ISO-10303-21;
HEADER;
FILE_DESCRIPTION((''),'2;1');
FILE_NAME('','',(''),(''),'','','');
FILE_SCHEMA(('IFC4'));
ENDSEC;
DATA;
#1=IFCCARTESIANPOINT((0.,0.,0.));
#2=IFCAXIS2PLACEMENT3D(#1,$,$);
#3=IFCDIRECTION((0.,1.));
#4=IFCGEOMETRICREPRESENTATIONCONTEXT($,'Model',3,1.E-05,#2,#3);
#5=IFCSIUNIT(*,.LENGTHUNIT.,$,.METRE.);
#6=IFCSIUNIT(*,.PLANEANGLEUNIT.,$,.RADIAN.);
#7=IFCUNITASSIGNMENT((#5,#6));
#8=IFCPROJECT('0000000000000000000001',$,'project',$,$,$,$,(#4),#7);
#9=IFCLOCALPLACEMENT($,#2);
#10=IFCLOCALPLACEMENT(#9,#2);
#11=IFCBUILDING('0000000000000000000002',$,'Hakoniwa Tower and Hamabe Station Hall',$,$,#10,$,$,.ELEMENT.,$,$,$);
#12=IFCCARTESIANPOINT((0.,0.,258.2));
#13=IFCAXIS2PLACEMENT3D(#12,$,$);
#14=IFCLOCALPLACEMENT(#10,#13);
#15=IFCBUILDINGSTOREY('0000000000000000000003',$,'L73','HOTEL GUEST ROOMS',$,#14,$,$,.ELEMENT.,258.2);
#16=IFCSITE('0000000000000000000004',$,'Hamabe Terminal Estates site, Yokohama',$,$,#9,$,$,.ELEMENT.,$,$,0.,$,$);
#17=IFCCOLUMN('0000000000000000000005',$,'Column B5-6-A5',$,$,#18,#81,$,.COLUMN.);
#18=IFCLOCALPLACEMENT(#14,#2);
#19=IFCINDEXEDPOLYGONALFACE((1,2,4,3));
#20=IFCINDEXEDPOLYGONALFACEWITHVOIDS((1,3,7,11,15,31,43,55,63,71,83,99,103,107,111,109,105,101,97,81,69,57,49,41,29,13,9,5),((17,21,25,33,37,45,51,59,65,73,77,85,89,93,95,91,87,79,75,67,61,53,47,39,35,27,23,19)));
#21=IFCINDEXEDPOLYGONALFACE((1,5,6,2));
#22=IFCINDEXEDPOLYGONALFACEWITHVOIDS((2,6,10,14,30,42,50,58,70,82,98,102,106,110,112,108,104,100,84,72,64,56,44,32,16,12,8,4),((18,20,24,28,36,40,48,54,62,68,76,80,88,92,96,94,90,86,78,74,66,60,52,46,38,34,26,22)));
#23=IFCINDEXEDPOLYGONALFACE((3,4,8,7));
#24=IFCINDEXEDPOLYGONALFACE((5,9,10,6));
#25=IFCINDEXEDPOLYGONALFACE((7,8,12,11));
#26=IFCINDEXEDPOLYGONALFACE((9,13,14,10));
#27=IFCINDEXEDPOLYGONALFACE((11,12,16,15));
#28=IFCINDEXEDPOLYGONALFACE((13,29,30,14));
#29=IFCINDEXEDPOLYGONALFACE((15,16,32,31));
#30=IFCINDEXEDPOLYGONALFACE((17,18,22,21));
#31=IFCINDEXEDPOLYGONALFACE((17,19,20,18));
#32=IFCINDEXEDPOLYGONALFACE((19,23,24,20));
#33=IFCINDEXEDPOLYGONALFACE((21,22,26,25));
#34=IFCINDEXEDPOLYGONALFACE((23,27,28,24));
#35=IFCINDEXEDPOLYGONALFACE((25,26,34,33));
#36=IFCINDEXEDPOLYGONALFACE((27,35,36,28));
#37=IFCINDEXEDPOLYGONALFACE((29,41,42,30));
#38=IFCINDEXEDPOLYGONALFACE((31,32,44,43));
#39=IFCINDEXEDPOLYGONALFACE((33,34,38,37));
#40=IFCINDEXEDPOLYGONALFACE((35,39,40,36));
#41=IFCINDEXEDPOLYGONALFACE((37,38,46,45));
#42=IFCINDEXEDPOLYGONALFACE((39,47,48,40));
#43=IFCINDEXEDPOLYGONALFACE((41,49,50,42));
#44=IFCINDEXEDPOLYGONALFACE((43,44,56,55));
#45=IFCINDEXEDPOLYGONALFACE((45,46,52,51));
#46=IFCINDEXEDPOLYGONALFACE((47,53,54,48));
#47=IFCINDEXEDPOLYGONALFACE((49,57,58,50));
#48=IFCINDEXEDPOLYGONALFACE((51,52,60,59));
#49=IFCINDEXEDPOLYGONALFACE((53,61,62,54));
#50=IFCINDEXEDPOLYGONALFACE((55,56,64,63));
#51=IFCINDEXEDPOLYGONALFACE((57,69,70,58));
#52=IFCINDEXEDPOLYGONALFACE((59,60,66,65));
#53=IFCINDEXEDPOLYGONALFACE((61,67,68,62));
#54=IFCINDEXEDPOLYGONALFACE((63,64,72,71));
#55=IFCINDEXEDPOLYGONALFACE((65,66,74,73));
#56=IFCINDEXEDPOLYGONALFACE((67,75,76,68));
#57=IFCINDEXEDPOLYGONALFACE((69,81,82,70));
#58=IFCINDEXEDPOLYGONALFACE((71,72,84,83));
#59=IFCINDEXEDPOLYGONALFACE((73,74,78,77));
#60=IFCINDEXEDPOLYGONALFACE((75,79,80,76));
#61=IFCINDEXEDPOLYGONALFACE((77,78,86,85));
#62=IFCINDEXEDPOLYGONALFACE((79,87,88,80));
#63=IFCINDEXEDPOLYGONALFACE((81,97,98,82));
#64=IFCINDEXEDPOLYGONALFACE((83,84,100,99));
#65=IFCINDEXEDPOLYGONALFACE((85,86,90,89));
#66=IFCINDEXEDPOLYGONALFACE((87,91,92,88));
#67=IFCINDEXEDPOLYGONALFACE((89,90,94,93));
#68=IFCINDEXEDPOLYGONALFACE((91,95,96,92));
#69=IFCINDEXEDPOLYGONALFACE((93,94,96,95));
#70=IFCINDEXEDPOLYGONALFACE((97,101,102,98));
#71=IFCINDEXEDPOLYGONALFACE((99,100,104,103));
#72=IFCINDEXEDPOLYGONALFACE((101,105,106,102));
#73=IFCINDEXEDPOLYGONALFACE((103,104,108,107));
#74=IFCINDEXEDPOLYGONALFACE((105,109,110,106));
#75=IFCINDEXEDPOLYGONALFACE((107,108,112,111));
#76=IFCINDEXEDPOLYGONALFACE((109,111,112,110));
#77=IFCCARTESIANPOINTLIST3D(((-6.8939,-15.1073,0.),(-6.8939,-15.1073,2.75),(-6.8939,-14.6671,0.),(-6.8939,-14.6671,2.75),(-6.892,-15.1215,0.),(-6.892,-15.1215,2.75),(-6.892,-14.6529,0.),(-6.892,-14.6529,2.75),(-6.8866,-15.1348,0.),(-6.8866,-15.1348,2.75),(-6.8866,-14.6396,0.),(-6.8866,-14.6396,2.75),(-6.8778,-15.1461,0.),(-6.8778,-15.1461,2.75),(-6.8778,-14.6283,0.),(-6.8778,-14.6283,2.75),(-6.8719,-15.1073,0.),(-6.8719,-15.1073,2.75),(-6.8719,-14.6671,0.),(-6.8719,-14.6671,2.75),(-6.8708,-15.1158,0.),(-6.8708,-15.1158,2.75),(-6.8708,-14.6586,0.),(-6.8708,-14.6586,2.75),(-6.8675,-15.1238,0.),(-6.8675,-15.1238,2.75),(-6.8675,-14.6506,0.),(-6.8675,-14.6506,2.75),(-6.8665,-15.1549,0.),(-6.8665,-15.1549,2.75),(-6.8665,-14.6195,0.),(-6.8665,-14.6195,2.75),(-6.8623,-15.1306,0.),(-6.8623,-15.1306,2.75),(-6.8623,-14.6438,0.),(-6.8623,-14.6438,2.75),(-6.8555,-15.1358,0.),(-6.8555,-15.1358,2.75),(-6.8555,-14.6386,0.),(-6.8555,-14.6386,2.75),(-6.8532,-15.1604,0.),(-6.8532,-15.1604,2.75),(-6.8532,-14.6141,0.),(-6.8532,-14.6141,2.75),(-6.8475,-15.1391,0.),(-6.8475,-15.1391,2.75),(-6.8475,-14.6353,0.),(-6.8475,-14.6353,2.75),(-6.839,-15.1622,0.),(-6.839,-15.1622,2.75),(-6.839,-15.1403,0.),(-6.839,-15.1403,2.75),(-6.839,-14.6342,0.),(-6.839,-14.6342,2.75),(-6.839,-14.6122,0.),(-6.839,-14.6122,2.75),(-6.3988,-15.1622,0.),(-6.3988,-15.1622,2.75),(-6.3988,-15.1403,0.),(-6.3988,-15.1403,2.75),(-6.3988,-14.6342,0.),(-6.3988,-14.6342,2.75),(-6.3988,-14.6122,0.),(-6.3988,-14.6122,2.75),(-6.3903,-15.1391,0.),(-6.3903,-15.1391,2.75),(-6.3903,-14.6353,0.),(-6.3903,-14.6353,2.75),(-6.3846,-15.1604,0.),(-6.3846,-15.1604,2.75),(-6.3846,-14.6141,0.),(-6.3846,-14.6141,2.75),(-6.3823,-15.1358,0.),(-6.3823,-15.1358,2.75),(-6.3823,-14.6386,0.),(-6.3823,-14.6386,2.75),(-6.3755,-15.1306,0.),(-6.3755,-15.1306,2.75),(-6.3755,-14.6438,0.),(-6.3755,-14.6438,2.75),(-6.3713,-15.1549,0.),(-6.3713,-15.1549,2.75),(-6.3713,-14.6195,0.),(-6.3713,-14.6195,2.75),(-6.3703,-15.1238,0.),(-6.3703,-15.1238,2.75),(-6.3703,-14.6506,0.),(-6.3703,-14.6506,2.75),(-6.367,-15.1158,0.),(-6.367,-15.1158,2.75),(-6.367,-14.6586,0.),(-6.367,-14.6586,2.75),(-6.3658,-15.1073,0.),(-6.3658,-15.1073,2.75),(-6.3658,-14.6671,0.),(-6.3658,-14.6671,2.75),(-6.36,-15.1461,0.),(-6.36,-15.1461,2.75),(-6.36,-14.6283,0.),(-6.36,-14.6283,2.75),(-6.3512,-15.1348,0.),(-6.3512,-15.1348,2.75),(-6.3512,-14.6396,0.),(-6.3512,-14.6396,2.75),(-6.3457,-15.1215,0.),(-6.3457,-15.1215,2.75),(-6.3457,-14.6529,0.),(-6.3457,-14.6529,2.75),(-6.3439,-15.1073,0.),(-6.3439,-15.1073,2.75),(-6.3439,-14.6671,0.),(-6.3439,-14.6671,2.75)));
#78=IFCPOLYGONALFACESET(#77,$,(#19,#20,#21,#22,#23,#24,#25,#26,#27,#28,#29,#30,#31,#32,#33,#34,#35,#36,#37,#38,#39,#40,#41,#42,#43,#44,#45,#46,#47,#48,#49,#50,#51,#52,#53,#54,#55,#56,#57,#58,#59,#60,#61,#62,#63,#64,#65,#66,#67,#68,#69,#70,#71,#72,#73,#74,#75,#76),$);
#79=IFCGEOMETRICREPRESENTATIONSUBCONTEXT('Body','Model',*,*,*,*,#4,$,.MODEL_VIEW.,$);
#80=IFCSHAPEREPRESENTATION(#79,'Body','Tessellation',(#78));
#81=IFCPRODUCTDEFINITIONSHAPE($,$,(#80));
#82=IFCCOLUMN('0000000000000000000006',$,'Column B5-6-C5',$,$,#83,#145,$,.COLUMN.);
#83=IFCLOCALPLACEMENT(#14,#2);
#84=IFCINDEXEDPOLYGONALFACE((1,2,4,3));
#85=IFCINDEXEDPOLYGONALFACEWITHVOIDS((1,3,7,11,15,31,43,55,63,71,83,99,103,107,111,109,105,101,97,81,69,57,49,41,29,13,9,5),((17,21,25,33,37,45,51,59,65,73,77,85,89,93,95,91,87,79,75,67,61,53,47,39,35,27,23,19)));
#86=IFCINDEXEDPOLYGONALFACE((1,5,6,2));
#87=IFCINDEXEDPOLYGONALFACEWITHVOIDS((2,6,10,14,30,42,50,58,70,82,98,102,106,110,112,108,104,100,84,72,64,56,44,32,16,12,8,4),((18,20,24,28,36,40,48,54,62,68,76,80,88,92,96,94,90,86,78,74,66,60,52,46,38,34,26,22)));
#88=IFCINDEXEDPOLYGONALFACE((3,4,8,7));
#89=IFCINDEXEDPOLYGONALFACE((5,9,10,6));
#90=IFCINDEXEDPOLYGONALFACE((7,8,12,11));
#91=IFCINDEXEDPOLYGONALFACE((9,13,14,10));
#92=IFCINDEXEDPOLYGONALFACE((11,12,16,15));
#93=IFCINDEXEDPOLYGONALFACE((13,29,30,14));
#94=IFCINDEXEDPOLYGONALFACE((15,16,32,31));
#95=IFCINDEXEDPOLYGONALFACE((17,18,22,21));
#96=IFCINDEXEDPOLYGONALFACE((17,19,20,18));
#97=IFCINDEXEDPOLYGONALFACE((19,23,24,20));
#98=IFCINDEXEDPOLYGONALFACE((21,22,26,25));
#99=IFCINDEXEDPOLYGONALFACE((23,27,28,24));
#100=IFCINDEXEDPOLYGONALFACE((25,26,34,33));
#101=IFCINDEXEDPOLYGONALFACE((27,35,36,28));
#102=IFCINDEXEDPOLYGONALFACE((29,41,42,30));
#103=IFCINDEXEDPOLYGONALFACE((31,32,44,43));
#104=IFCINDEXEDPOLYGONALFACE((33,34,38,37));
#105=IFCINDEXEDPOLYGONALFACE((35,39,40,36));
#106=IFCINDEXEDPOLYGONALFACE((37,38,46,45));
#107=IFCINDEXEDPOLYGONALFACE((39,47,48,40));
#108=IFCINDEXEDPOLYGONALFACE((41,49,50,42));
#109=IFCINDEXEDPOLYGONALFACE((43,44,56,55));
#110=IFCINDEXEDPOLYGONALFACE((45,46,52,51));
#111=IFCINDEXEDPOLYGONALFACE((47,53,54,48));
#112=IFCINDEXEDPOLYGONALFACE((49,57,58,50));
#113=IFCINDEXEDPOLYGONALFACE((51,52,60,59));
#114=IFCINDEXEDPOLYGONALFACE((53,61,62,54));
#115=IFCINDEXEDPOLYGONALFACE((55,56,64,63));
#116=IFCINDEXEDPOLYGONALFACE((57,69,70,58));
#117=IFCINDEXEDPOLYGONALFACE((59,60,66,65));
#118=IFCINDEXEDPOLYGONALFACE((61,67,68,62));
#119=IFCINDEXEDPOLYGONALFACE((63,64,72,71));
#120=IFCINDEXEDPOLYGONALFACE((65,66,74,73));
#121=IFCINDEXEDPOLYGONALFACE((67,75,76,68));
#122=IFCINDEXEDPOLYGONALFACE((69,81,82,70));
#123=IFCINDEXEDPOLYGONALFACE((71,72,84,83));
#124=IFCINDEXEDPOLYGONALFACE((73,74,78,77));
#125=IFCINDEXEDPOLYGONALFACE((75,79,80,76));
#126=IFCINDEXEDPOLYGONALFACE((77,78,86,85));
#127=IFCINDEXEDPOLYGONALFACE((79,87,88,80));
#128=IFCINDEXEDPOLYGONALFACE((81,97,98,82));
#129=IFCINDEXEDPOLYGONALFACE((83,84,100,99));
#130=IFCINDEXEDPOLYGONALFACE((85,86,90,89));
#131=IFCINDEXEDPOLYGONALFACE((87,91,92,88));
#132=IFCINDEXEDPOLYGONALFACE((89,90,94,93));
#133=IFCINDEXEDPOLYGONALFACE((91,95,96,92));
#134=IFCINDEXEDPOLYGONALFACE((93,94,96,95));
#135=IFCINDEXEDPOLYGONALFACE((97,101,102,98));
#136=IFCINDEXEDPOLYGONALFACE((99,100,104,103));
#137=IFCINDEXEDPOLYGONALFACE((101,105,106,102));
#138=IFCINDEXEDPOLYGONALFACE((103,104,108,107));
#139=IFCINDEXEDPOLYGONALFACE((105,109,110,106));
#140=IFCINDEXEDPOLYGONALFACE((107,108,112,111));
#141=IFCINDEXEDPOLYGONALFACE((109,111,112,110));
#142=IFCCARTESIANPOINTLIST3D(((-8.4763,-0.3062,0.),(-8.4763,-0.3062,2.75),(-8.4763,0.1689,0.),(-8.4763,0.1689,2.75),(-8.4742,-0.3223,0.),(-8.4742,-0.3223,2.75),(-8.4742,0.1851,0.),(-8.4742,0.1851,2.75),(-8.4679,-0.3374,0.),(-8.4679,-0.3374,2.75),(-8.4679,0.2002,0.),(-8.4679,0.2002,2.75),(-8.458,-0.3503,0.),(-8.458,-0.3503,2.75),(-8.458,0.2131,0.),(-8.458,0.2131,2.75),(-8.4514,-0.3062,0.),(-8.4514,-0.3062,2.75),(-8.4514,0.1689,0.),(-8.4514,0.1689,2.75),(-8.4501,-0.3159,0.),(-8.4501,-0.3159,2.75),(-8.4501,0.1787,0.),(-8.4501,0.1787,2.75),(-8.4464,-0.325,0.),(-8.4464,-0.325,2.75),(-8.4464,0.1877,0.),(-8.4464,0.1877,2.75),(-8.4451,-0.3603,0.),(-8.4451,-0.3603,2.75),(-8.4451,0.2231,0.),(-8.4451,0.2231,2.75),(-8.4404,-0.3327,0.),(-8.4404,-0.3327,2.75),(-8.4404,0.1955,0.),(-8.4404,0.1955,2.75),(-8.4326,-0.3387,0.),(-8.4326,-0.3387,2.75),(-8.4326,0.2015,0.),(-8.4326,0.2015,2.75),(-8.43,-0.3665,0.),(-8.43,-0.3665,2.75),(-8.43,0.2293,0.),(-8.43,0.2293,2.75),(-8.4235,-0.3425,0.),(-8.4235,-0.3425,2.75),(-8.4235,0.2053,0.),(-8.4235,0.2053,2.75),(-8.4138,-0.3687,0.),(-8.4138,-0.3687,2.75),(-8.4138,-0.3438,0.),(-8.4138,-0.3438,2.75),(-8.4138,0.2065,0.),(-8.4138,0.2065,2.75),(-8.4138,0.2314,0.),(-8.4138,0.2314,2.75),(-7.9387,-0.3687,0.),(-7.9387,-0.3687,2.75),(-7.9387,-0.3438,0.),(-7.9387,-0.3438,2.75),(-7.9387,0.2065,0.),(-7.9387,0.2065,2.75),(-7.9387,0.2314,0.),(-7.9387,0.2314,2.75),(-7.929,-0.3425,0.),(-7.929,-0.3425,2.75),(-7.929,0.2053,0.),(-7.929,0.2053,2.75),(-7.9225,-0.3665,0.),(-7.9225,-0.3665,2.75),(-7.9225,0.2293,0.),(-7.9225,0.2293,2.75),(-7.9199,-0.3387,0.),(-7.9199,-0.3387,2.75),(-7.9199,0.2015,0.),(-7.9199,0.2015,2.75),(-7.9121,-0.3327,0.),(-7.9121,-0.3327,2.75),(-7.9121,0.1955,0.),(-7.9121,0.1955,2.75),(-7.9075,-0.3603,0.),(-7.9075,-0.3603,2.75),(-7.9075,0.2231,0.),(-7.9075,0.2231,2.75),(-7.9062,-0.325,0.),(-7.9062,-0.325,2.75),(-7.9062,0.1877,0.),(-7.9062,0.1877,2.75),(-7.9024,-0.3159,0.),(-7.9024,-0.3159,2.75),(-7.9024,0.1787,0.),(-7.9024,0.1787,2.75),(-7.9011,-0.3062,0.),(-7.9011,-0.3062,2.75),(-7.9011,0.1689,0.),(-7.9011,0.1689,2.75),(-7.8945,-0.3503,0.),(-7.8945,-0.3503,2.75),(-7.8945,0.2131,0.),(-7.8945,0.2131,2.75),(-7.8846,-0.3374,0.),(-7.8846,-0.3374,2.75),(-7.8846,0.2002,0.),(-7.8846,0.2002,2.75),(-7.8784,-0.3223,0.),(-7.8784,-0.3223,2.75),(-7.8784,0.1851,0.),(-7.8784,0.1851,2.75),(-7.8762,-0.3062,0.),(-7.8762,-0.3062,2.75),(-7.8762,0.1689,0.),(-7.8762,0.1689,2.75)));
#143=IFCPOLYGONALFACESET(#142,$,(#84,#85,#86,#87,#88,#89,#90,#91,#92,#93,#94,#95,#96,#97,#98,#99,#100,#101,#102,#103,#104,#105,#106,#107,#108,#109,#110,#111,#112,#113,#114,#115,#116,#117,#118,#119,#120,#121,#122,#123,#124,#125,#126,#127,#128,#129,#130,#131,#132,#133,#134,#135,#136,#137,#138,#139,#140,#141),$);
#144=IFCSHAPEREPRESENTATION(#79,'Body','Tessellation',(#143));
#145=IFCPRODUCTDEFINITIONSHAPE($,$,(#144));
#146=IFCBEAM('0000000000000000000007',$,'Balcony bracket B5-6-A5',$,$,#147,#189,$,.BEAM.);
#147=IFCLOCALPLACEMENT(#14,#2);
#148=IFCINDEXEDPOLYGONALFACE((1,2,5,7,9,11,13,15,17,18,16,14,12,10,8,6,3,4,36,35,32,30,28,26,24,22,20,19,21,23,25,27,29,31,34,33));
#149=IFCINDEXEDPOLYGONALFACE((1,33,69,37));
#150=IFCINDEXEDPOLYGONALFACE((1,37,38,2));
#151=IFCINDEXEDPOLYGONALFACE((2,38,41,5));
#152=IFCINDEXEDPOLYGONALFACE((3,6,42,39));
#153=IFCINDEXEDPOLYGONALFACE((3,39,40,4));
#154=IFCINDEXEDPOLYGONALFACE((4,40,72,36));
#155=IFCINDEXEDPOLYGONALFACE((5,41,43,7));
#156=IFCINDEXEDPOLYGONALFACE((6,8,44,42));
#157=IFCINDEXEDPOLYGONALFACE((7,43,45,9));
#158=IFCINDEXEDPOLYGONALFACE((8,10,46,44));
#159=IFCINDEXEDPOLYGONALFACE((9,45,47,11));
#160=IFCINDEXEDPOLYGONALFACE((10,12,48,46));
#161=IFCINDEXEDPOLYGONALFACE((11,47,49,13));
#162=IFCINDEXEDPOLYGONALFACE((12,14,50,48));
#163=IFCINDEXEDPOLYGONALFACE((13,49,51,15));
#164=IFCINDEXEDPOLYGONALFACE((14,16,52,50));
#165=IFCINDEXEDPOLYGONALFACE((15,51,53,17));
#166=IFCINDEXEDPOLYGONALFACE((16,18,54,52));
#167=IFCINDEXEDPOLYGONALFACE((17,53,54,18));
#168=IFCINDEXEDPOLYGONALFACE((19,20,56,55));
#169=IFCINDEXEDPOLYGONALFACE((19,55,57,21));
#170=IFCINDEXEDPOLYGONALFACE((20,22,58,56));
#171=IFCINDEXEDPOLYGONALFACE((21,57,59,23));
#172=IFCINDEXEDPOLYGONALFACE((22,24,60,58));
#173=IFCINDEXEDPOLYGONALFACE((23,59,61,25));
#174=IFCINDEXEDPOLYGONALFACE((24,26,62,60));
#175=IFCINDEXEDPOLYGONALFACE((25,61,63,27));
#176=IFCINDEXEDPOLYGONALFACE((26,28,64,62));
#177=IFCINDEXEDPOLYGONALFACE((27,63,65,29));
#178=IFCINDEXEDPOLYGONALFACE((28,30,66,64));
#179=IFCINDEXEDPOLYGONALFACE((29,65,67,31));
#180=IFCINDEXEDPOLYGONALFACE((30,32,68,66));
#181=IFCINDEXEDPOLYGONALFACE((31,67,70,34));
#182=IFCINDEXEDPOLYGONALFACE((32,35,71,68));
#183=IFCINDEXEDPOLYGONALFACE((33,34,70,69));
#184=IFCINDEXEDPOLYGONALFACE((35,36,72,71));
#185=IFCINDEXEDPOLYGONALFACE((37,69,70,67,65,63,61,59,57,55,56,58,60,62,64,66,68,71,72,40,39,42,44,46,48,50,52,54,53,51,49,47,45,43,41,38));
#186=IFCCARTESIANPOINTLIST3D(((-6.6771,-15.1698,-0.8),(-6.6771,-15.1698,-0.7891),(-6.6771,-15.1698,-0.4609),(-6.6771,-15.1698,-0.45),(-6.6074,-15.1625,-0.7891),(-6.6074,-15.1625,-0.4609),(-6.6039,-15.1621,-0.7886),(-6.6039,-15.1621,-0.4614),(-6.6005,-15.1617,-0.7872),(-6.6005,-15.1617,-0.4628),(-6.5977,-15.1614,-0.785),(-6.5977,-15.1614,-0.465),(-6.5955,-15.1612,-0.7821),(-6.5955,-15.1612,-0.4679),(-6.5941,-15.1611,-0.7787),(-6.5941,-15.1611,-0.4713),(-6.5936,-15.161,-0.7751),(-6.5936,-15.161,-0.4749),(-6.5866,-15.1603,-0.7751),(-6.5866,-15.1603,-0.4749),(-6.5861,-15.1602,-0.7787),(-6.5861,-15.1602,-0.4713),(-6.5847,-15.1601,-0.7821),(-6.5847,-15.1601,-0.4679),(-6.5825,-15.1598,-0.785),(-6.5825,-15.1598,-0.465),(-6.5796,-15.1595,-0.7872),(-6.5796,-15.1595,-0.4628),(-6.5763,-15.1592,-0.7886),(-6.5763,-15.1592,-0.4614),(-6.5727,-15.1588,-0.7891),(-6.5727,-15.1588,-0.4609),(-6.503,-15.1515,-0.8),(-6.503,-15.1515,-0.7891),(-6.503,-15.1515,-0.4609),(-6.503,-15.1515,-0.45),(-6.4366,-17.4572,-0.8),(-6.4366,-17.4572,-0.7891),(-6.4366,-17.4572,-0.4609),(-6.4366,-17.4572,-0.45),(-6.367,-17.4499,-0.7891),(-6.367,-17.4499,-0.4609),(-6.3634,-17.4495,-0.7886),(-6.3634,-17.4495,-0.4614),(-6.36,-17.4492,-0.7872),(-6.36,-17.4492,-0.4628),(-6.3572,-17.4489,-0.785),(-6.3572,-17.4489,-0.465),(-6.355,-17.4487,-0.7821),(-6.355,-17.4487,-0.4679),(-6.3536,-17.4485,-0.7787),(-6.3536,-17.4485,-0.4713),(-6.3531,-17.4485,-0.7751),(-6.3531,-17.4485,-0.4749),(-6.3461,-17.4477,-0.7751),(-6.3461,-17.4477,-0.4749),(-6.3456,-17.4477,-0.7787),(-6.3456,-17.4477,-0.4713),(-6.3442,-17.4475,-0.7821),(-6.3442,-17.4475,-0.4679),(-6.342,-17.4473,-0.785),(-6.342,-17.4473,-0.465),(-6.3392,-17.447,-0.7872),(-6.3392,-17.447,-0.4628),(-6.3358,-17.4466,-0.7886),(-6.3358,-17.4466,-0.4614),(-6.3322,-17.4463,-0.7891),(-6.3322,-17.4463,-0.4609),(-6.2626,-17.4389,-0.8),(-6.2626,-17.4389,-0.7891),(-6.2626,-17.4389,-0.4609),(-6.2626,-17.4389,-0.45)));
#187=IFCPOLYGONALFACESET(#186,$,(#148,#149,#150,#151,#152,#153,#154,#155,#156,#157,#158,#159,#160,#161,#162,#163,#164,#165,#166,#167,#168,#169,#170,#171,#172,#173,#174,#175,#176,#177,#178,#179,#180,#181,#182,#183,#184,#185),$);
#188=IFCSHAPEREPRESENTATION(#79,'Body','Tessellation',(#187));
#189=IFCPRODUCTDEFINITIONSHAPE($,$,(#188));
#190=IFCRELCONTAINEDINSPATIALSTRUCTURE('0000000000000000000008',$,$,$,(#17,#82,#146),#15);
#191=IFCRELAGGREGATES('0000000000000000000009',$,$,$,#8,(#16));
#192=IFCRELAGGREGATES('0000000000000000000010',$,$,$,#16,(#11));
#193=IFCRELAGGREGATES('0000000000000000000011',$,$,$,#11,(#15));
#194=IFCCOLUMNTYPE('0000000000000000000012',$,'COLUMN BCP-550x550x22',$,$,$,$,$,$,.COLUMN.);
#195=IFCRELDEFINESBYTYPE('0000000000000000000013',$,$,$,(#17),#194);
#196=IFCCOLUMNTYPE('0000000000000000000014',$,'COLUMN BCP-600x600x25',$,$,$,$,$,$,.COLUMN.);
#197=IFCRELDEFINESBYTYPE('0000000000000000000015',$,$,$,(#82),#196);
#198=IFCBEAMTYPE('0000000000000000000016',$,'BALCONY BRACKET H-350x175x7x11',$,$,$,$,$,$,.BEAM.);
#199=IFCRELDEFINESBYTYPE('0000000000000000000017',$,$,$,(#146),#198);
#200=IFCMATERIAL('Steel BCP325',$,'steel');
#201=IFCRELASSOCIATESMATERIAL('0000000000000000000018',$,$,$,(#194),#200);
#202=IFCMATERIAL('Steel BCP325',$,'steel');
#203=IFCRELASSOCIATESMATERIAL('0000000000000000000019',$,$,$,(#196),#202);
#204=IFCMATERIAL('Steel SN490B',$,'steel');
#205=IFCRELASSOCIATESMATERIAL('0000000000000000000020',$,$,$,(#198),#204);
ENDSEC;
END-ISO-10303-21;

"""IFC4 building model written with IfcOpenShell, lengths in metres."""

from ifc_helpers import new_model, si_unit, direction, frame, origin, origin_2d, place, context, subcontext, project, spatial, hollow_rectangle, i_section, extrude, material, material_profile, profile_set, type_object, element, save


model = new_model("IFC4")

# Units and contexts
model_context = context("Model", 3, precision=1e-05, world=origin(), true_north=direction((0.0, 1.0)))
body_context = subcontext(model_context, "Body", "Model", "MODEL_VIEW")
ifc_project = project(units=[si_unit("LENGTHUNIT", "METRE"), si_unit("PLANEANGLEUNIT", "RADIAN")], contexts=[model_context])

# Site, building, storey
site_placement = place(None, origin())
site = spatial("IfcSite", under=ifc_project, at=site_placement, Name="Hamabe Terminal Estates site, Yokohama", CompositionType="ELEMENT", RefElevation=0.0)
building_placement = place(site_placement, origin())
building = spatial("IfcBuilding", under=site, at=building_placement, Name="Hakoniwa Tower and Hamabe Station Hall", CompositionType="ELEMENT")
storey_placement = place(building_placement, frame((0.0, 0.0, 258.2)))
storey = spatial("IfcBuildingStorey", under=building, at=storey_placement, Name="L73", Description="HOTEL GUEST ROOMS", CompositionType="ELEMENT", Elevation=258.2)

# Columns
ifc_material_1 = material(Name="Steel BCP325", Category="steel")
ifc_material_profile_1 = material_profile(ifc_material_1, hollow_rectangle(XDim=0.55, YDim=0.55, WallThickness=0.022, InnerFilletRadius=0.033, OuterFilletRadius=0.0549, at=origin_2d()), Name="BCP-550x550x22")
ifc_profile_set_1 = profile_set([ifc_material_profile_1], Name="Steel BCP325")
column_type_1 = type_object("IfcColumnType", Name="COLUMN BCP-550x550x22", PredefinedType="COLUMN", material=ifc_profile_set_1)
column_1_placement = place(storey_placement, frame((-6.6189, -14.8872, 0.0), z_axis=(0.0, 0.0, 1.0), x_axis=(1.0, 0.0, 0.0)))
element("IfcColumn", 1, at=column_1_placement, inside=storey, type_object=column_type_1, Name="Column B5-6-A5", PredefinedType="COLUMN", context=body_context, shape_type="SweptSolid", body=[
    extrude(hollow_rectangle(XDim=0.55, YDim=0.55, WallThickness=0.022, InnerFilletRadius=0.033, OuterFilletRadius=0.0549, at=origin_2d()), origin(), (0.0, 0.0, 1.0), 2.75),
])
ifc_material_2 = material(Name="Steel BCP325", Category="steel")
ifc_material_profile_2 = material_profile(ifc_material_2, hollow_rectangle(XDim=0.6001, YDim=0.6001, WallThickness=0.0249, InnerFilletRadius=0.0376, OuterFilletRadius=0.0625, at=origin_2d()), Name="BCP-600x600x25")
ifc_profile_set_2 = profile_set([ifc_material_profile_2], Name="Steel BCP325")
column_type_2 = type_object("IfcColumnType", Name="COLUMN BCP-600x600x25", PredefinedType="COLUMN", material=ifc_profile_set_2)
column_2_placement = place(storey_placement, frame((-8.1763, -0.0686, 0.0), z_axis=(0.0, 0.0, 1.0), x_axis=(1.0, 0.0, 0.0)))
element("IfcColumn", 2, at=column_2_placement, inside=storey, type_object=column_type_2, Name="Column B5-6-C5", PredefinedType="COLUMN", context=body_context, shape_type="SweptSolid", body=[
    extrude(hollow_rectangle(XDim=0.6001, YDim=0.6001, WallThickness=0.0249, InnerFilletRadius=0.0376, OuterFilletRadius=0.0625, at=origin_2d()), origin(), (0.0, 0.0, 1.0), 2.75),
])

# Beam
ifc_material_3 = material(Name="Steel SN490B", Category="steel")
ifc_material_profile_3 = material_profile(ifc_material_3, i_section(OverallWidth=0.175, OverallDepth=0.3501, WebThickness=0.0071, FlangeThickness=0.011, FilletRadius=0.0139, at=origin_2d()), Name="H-350x175x7x11")
ifc_profile_set_3 = profile_set([ifc_material_profile_3], Name="Steel SN490B")
beam_type_1 = type_object("IfcBeamType", Name="BALCONY BRACKET H-350x175x7x11", PredefinedType="BEAM", material=ifc_profile_set_3)
beam_1_placement = place(storey_placement, frame((-6.5901, -15.1606, -0.625), z_axis=(0.104558, -0.994519, 0.0), x_axis=(0.994519, 0.104558, 0.0)))
element("IfcBeam", 3, at=beam_1_placement, inside=storey, type_object=beam_type_1, Name="Balcony bracket B5-6-A5", PredefinedType="BEAM", context=body_context, shape_type="SweptSolid", body=[
    extrude(i_section(OverallWidth=0.175, OverallDepth=0.3501, WebThickness=0.0071, FlangeThickness=0.011, FilletRadius=0.0139, at=origin_2d()), origin(), (0.0, 0.0, 1.0), 2.3),
])

save(model, "model.ifc")
